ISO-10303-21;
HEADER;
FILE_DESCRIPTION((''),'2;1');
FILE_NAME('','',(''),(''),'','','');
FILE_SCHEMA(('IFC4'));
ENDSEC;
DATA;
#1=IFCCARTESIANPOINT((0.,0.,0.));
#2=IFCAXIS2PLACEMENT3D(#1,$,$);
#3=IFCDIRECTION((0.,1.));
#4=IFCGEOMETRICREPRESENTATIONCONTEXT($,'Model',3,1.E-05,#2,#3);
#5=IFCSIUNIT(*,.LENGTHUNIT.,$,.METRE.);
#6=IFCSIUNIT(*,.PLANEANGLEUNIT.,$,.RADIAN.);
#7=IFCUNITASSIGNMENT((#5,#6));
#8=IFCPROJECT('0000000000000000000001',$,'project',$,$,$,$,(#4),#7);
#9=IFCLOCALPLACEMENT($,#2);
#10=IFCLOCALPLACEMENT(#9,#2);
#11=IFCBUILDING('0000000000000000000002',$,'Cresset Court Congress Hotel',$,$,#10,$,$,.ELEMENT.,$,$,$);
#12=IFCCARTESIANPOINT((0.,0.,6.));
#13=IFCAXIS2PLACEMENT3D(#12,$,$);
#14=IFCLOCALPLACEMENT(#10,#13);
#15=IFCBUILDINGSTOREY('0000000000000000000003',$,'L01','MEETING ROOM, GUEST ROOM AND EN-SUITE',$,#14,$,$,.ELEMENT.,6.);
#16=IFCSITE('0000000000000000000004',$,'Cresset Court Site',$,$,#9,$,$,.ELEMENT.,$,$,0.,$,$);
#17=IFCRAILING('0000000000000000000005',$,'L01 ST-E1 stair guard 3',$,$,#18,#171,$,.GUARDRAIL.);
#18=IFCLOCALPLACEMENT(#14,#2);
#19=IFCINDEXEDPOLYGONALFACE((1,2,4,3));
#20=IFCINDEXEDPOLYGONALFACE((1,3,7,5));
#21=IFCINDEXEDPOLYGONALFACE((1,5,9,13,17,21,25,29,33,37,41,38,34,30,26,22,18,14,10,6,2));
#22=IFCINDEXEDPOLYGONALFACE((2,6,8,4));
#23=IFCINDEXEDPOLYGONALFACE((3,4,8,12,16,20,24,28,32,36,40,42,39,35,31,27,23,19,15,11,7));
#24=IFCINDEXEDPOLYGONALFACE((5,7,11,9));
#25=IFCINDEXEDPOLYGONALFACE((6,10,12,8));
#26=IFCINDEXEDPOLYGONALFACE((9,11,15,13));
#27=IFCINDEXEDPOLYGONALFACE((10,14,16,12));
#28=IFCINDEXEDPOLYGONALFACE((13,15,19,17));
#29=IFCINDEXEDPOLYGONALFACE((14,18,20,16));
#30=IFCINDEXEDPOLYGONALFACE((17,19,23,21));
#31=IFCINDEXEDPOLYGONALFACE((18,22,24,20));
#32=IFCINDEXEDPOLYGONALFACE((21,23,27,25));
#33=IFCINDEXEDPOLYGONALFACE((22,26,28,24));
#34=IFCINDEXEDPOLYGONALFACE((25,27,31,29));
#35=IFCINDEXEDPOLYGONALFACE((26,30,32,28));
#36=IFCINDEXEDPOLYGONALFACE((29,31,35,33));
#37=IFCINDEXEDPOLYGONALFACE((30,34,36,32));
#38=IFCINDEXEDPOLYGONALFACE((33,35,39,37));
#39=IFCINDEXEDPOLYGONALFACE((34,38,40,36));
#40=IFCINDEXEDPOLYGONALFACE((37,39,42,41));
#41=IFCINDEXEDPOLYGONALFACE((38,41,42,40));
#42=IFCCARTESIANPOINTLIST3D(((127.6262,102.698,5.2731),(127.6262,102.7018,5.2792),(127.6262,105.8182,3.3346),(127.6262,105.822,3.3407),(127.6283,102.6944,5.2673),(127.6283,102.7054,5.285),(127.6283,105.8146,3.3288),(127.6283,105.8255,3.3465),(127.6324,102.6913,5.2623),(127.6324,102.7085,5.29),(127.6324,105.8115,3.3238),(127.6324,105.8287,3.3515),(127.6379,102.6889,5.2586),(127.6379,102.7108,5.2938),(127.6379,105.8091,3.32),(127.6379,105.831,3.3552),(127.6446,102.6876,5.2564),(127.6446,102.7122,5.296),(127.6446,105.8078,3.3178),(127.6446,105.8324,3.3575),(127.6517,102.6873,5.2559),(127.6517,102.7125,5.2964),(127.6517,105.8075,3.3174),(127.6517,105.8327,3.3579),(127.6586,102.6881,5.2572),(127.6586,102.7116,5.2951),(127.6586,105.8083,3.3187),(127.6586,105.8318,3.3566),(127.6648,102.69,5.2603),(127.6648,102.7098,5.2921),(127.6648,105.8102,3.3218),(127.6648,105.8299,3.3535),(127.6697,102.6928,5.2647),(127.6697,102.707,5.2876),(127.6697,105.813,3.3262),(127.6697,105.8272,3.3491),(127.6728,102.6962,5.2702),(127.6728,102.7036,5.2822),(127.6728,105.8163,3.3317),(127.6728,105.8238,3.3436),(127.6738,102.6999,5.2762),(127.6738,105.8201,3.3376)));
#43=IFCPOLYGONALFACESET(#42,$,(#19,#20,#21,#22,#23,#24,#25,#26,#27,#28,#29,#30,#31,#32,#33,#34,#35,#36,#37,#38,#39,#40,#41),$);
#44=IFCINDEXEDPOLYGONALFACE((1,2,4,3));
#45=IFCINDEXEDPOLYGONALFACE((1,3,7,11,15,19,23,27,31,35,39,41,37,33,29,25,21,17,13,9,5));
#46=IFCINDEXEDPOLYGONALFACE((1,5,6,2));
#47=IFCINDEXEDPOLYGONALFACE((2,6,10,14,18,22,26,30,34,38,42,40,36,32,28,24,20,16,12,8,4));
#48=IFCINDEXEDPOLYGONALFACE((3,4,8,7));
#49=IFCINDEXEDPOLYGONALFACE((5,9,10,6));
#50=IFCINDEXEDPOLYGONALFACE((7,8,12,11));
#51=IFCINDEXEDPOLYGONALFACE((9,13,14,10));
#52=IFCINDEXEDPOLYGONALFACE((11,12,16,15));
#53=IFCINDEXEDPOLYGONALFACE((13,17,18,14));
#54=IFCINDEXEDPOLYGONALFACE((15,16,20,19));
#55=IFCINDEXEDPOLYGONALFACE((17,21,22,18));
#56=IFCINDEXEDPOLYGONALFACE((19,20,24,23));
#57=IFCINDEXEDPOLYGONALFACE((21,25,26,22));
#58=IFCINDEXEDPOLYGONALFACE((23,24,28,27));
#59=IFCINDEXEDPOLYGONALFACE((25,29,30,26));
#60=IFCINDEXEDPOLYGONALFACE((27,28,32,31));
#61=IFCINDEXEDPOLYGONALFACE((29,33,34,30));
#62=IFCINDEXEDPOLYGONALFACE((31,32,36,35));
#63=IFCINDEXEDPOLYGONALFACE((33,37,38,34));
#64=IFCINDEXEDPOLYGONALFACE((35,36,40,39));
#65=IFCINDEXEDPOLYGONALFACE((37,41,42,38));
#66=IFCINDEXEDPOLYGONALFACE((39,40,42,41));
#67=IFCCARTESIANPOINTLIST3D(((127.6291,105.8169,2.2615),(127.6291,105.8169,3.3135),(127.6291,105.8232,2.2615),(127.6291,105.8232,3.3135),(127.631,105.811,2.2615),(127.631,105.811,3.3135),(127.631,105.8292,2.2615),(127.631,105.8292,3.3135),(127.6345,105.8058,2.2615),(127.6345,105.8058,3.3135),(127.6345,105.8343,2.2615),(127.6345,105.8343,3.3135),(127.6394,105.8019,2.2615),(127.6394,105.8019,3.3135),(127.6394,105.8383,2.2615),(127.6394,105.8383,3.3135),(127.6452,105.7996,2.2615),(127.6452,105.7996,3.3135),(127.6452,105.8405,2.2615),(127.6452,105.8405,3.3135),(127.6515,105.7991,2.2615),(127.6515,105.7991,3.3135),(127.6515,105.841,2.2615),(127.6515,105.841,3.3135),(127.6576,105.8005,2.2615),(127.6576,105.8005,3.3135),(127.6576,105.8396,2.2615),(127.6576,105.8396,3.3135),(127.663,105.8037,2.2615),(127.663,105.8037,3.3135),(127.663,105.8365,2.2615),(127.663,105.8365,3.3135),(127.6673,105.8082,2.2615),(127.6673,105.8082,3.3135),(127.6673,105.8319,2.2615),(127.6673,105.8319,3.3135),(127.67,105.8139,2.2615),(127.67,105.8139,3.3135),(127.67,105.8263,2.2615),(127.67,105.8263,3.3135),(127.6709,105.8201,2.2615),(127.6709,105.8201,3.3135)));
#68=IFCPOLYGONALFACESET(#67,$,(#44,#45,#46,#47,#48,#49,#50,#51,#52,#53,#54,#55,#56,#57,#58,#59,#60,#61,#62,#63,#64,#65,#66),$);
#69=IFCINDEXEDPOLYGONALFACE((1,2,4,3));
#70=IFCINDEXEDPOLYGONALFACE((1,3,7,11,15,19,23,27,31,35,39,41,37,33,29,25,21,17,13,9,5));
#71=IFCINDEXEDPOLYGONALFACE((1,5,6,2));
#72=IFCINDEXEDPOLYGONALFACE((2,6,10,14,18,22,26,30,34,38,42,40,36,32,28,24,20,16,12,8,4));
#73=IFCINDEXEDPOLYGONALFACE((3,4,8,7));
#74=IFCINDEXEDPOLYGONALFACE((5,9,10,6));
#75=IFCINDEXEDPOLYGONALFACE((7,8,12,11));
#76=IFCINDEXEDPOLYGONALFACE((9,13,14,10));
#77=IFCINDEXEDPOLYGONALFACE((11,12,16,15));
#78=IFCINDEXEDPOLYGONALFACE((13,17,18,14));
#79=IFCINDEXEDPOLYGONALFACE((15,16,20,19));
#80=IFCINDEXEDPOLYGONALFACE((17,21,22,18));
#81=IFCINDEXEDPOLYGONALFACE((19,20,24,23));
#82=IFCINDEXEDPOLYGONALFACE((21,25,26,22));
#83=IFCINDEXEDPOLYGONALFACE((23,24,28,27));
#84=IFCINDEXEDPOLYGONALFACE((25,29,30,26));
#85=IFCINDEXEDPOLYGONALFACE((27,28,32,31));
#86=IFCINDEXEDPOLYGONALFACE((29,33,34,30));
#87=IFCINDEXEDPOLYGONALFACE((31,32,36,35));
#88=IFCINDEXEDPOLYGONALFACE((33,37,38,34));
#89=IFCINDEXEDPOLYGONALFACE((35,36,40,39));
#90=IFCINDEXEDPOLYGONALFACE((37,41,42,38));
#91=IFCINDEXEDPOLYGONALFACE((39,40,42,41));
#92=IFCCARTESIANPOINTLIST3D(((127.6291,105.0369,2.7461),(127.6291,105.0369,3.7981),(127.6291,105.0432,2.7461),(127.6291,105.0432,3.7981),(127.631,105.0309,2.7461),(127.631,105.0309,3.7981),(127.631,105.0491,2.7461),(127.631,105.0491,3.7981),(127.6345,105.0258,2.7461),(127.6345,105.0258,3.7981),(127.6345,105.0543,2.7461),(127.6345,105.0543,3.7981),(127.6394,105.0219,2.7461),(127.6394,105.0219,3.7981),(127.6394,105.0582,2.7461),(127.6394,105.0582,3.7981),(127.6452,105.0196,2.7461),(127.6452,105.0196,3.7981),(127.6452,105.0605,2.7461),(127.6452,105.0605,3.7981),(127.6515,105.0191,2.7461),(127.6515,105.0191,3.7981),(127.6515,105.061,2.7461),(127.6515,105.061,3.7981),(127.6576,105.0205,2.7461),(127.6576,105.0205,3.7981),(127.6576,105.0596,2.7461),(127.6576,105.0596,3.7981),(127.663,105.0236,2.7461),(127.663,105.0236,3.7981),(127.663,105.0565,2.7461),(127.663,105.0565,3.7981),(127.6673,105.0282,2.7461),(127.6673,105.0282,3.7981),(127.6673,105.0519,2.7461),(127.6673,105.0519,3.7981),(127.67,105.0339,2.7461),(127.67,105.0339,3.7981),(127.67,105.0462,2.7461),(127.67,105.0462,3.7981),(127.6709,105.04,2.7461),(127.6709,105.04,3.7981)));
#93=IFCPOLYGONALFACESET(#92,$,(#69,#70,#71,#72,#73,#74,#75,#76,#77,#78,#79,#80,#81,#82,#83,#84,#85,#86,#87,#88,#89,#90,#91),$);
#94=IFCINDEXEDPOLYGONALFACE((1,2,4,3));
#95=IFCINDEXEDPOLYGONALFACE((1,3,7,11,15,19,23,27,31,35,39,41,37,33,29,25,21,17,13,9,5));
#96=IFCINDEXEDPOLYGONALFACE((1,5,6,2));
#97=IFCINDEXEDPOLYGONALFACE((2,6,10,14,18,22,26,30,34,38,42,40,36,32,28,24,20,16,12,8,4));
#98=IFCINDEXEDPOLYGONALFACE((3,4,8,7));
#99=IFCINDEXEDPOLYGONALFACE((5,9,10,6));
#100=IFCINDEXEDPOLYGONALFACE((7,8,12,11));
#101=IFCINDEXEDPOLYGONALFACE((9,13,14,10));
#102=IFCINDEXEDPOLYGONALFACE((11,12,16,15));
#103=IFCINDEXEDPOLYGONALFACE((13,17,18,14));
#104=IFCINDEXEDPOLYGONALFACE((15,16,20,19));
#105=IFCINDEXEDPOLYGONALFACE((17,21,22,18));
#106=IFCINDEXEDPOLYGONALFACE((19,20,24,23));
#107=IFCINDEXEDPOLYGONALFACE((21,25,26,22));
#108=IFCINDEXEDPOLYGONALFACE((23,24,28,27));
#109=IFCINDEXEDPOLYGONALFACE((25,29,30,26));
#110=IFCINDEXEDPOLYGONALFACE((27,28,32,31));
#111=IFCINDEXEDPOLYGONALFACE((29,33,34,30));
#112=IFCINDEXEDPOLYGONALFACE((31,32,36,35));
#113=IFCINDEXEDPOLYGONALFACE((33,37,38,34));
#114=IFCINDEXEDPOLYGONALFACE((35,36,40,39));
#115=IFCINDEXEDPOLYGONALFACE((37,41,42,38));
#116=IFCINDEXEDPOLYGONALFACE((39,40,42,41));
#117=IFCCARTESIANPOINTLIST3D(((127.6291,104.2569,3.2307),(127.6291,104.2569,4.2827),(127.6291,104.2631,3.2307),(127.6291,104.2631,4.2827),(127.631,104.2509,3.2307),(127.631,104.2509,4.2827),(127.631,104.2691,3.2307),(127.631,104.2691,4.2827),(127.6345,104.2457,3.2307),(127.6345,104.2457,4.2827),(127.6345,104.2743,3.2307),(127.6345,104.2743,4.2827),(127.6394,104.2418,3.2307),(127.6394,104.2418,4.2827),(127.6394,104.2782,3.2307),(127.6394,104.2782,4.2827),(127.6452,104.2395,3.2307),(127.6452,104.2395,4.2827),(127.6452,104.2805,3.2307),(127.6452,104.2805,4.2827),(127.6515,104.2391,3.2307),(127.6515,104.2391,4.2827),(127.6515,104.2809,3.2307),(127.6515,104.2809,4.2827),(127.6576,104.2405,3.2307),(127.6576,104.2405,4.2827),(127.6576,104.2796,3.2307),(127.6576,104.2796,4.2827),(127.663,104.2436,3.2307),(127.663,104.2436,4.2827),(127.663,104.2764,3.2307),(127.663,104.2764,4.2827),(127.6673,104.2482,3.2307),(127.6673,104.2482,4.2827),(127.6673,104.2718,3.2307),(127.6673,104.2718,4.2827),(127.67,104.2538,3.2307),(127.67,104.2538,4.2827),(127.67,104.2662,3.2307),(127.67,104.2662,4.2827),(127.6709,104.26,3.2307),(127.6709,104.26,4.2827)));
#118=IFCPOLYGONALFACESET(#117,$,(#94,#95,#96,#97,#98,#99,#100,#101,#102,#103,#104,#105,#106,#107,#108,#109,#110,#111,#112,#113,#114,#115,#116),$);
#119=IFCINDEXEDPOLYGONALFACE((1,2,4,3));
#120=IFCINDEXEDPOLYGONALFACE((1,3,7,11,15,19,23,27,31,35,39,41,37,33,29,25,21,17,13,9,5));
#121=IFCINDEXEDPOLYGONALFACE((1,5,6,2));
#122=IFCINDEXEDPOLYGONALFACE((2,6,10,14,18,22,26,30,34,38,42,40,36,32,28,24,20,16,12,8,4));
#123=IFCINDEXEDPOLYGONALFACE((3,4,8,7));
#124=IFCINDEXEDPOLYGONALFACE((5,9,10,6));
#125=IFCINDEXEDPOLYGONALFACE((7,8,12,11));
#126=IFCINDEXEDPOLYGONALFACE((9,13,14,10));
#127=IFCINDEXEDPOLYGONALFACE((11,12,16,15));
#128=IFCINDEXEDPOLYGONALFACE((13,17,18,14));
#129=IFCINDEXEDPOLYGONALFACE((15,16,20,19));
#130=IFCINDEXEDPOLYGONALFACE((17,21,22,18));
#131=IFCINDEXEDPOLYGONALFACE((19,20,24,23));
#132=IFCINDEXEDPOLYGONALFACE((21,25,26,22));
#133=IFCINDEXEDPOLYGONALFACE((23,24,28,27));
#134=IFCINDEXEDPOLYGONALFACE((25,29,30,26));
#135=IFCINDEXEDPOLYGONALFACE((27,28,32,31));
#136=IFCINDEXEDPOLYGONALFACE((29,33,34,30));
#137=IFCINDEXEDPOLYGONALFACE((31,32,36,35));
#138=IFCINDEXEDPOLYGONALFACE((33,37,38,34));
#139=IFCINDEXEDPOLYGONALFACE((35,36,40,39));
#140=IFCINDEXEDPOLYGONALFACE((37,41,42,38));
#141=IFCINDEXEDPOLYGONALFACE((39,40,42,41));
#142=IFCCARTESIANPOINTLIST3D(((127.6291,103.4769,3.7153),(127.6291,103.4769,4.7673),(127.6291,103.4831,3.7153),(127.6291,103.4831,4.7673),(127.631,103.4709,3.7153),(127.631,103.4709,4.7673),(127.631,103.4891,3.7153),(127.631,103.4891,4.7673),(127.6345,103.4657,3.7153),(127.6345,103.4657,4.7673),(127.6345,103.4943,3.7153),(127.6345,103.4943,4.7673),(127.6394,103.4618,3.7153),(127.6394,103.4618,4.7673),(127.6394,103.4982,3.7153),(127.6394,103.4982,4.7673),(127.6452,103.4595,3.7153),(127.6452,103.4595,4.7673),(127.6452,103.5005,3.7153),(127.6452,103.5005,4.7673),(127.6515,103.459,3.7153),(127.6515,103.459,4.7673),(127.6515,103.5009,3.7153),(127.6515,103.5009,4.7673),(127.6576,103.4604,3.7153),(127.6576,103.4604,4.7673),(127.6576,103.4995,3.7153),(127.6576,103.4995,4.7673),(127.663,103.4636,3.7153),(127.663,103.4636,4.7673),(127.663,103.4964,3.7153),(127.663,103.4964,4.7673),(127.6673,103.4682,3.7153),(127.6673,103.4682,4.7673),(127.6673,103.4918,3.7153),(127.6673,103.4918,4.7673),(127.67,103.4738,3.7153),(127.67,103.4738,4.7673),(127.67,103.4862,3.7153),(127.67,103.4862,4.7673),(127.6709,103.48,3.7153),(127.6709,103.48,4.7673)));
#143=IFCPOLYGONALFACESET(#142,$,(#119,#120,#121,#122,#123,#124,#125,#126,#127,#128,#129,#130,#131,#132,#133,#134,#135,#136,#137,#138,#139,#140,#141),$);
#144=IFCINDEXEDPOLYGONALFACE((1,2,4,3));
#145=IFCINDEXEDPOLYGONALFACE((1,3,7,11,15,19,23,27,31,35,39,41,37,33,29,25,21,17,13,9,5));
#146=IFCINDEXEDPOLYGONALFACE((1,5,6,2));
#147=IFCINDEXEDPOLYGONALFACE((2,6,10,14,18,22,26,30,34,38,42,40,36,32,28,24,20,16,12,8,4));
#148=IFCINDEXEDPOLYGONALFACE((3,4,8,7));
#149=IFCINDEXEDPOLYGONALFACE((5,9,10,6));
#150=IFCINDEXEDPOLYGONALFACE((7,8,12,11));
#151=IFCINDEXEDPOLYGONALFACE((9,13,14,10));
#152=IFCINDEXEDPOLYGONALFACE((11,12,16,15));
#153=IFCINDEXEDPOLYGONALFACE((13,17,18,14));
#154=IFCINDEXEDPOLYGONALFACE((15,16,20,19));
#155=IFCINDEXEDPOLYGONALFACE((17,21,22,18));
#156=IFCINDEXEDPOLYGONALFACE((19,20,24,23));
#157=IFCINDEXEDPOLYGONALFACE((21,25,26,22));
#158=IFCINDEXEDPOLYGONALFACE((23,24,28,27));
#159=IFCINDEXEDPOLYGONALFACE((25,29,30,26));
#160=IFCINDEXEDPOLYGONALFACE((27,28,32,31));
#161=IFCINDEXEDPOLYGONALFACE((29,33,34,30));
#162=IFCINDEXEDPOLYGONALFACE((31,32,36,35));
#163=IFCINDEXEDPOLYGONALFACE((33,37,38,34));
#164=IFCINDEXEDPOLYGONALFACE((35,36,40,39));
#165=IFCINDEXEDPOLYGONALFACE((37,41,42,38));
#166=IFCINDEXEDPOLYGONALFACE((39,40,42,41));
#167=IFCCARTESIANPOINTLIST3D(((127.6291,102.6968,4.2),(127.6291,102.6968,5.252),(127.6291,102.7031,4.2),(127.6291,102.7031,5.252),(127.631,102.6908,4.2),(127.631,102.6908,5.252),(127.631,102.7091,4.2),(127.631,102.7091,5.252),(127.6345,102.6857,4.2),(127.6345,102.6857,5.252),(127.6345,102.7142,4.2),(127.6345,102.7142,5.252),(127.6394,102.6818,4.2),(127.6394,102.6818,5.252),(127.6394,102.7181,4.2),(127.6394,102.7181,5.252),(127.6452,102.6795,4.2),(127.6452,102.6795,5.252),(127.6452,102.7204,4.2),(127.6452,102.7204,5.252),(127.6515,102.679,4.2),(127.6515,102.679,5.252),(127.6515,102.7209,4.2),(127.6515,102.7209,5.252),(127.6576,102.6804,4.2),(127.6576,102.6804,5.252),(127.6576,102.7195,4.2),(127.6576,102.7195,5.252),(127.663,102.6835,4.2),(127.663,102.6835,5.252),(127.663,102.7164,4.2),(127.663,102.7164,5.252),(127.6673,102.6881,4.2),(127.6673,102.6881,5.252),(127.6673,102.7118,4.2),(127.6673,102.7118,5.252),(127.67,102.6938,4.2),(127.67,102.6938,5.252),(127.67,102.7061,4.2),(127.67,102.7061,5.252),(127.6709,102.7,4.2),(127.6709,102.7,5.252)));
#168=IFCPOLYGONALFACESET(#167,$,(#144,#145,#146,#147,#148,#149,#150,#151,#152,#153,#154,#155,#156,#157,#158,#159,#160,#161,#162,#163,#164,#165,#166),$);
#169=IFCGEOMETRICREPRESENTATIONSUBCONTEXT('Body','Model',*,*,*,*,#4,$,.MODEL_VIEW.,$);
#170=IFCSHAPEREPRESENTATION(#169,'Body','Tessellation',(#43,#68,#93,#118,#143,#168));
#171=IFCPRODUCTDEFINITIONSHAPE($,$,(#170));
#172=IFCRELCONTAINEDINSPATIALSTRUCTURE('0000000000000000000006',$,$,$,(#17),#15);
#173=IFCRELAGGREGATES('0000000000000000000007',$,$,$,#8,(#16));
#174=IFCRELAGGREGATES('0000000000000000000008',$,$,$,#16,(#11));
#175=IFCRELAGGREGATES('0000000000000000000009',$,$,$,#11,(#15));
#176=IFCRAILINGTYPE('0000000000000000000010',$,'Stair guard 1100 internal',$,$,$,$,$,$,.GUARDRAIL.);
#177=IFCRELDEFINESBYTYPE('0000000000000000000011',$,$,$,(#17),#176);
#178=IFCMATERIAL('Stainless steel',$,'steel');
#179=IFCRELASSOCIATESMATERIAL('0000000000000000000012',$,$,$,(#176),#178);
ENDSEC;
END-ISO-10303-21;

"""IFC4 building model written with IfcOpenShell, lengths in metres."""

from ifc_helpers import new_model, si_unit, direction, frame, origin, origin_2d, place, context, subcontext, project, spatial, circle, extrude, material, type_object, element, save


model = new_model("IFC4")

# Units and contexts
model_context = context("Model", 3, precision=1e-05, world=origin(), true_north=direction((0.0, 1.0)))
body_context = subcontext(model_context, "Body", "Model", "MODEL_VIEW")
ifc_project = project(units=[si_unit("LENGTHUNIT", "METRE"), si_unit("PLANEANGLEUNIT", "RADIAN")], contexts=[model_context])

# Site, building, storey
site_placement = place(None, origin())
site = spatial("IfcSite", under=ifc_project, at=site_placement, Name="Cresset Court Site", CompositionType="ELEMENT", RefElevation=0.0)
building_placement = place(site_placement, origin())
building = spatial("IfcBuilding", under=site, at=building_placement, Name="Cresset Court Congress Hotel", CompositionType="ELEMENT")
storey_placement = place(building_placement, frame((0.0, 0.0, 6.0)))
storey = spatial("IfcBuildingStorey", under=building, at=storey_placement, Name="L01", Description="MEETING ROOM, GUEST ROOM AND EN-SUITE", CompositionType="ELEMENT", Elevation=6.0)

# Railing
ifc_material_1 = material(Name="Stainless steel", Category="steel")
railing_type_1 = type_object("IfcRailingType", Name="Stair guard 1100 internal", PredefinedType="GUARDRAIL", material=ifc_material_1)
railing_1_placement = place(storey_placement, frame((127.6499, 105.8201, 2.2615)))
element("IfcRailing", 1, at=railing_1_placement, inside=storey, type_object=railing_type_1, Name="L01 ST-E1 stair guard 3", PredefinedType="GUARDRAIL", context=body_context, shape_type="SweptSolid", body=[
    extrude(circle(Radius=0.0239, at=origin_2d()), frame((0.0, 0.0, 1.0762), z_axis=(0.0, -0.849414, 0.527727), x_axis=(1.0, 0.0, 0.0)), (0.0, 0.0, 1.0), 3.6733),
    extrude(circle(Radius=0.021, at=origin_2d()), origin(), (0.0, 0.0, 1.0), 1.052),
    extrude(circle(Radius=0.021, at=origin_2d()), frame((0.0, -0.78, 0.4846)), (0.0, 0.0, 1.0), 1.052),
    extrude(circle(Radius=0.021, at=origin_2d()), frame((0.0, -1.5601, 0.9692)), (0.0, 0.0, 1.0), 1.052),
    extrude(circle(Radius=0.021, at=origin_2d()), frame((0.0, -2.3401, 1.4539)), (0.0, 0.0, 1.0), 1.052),
    extrude(circle(Radius=0.021, at=origin_2d()), frame((0.0, -3.1201, 1.9385)), (0.0, 0.0, 1.0), 1.052),
])

save(model, "model.ifc")
